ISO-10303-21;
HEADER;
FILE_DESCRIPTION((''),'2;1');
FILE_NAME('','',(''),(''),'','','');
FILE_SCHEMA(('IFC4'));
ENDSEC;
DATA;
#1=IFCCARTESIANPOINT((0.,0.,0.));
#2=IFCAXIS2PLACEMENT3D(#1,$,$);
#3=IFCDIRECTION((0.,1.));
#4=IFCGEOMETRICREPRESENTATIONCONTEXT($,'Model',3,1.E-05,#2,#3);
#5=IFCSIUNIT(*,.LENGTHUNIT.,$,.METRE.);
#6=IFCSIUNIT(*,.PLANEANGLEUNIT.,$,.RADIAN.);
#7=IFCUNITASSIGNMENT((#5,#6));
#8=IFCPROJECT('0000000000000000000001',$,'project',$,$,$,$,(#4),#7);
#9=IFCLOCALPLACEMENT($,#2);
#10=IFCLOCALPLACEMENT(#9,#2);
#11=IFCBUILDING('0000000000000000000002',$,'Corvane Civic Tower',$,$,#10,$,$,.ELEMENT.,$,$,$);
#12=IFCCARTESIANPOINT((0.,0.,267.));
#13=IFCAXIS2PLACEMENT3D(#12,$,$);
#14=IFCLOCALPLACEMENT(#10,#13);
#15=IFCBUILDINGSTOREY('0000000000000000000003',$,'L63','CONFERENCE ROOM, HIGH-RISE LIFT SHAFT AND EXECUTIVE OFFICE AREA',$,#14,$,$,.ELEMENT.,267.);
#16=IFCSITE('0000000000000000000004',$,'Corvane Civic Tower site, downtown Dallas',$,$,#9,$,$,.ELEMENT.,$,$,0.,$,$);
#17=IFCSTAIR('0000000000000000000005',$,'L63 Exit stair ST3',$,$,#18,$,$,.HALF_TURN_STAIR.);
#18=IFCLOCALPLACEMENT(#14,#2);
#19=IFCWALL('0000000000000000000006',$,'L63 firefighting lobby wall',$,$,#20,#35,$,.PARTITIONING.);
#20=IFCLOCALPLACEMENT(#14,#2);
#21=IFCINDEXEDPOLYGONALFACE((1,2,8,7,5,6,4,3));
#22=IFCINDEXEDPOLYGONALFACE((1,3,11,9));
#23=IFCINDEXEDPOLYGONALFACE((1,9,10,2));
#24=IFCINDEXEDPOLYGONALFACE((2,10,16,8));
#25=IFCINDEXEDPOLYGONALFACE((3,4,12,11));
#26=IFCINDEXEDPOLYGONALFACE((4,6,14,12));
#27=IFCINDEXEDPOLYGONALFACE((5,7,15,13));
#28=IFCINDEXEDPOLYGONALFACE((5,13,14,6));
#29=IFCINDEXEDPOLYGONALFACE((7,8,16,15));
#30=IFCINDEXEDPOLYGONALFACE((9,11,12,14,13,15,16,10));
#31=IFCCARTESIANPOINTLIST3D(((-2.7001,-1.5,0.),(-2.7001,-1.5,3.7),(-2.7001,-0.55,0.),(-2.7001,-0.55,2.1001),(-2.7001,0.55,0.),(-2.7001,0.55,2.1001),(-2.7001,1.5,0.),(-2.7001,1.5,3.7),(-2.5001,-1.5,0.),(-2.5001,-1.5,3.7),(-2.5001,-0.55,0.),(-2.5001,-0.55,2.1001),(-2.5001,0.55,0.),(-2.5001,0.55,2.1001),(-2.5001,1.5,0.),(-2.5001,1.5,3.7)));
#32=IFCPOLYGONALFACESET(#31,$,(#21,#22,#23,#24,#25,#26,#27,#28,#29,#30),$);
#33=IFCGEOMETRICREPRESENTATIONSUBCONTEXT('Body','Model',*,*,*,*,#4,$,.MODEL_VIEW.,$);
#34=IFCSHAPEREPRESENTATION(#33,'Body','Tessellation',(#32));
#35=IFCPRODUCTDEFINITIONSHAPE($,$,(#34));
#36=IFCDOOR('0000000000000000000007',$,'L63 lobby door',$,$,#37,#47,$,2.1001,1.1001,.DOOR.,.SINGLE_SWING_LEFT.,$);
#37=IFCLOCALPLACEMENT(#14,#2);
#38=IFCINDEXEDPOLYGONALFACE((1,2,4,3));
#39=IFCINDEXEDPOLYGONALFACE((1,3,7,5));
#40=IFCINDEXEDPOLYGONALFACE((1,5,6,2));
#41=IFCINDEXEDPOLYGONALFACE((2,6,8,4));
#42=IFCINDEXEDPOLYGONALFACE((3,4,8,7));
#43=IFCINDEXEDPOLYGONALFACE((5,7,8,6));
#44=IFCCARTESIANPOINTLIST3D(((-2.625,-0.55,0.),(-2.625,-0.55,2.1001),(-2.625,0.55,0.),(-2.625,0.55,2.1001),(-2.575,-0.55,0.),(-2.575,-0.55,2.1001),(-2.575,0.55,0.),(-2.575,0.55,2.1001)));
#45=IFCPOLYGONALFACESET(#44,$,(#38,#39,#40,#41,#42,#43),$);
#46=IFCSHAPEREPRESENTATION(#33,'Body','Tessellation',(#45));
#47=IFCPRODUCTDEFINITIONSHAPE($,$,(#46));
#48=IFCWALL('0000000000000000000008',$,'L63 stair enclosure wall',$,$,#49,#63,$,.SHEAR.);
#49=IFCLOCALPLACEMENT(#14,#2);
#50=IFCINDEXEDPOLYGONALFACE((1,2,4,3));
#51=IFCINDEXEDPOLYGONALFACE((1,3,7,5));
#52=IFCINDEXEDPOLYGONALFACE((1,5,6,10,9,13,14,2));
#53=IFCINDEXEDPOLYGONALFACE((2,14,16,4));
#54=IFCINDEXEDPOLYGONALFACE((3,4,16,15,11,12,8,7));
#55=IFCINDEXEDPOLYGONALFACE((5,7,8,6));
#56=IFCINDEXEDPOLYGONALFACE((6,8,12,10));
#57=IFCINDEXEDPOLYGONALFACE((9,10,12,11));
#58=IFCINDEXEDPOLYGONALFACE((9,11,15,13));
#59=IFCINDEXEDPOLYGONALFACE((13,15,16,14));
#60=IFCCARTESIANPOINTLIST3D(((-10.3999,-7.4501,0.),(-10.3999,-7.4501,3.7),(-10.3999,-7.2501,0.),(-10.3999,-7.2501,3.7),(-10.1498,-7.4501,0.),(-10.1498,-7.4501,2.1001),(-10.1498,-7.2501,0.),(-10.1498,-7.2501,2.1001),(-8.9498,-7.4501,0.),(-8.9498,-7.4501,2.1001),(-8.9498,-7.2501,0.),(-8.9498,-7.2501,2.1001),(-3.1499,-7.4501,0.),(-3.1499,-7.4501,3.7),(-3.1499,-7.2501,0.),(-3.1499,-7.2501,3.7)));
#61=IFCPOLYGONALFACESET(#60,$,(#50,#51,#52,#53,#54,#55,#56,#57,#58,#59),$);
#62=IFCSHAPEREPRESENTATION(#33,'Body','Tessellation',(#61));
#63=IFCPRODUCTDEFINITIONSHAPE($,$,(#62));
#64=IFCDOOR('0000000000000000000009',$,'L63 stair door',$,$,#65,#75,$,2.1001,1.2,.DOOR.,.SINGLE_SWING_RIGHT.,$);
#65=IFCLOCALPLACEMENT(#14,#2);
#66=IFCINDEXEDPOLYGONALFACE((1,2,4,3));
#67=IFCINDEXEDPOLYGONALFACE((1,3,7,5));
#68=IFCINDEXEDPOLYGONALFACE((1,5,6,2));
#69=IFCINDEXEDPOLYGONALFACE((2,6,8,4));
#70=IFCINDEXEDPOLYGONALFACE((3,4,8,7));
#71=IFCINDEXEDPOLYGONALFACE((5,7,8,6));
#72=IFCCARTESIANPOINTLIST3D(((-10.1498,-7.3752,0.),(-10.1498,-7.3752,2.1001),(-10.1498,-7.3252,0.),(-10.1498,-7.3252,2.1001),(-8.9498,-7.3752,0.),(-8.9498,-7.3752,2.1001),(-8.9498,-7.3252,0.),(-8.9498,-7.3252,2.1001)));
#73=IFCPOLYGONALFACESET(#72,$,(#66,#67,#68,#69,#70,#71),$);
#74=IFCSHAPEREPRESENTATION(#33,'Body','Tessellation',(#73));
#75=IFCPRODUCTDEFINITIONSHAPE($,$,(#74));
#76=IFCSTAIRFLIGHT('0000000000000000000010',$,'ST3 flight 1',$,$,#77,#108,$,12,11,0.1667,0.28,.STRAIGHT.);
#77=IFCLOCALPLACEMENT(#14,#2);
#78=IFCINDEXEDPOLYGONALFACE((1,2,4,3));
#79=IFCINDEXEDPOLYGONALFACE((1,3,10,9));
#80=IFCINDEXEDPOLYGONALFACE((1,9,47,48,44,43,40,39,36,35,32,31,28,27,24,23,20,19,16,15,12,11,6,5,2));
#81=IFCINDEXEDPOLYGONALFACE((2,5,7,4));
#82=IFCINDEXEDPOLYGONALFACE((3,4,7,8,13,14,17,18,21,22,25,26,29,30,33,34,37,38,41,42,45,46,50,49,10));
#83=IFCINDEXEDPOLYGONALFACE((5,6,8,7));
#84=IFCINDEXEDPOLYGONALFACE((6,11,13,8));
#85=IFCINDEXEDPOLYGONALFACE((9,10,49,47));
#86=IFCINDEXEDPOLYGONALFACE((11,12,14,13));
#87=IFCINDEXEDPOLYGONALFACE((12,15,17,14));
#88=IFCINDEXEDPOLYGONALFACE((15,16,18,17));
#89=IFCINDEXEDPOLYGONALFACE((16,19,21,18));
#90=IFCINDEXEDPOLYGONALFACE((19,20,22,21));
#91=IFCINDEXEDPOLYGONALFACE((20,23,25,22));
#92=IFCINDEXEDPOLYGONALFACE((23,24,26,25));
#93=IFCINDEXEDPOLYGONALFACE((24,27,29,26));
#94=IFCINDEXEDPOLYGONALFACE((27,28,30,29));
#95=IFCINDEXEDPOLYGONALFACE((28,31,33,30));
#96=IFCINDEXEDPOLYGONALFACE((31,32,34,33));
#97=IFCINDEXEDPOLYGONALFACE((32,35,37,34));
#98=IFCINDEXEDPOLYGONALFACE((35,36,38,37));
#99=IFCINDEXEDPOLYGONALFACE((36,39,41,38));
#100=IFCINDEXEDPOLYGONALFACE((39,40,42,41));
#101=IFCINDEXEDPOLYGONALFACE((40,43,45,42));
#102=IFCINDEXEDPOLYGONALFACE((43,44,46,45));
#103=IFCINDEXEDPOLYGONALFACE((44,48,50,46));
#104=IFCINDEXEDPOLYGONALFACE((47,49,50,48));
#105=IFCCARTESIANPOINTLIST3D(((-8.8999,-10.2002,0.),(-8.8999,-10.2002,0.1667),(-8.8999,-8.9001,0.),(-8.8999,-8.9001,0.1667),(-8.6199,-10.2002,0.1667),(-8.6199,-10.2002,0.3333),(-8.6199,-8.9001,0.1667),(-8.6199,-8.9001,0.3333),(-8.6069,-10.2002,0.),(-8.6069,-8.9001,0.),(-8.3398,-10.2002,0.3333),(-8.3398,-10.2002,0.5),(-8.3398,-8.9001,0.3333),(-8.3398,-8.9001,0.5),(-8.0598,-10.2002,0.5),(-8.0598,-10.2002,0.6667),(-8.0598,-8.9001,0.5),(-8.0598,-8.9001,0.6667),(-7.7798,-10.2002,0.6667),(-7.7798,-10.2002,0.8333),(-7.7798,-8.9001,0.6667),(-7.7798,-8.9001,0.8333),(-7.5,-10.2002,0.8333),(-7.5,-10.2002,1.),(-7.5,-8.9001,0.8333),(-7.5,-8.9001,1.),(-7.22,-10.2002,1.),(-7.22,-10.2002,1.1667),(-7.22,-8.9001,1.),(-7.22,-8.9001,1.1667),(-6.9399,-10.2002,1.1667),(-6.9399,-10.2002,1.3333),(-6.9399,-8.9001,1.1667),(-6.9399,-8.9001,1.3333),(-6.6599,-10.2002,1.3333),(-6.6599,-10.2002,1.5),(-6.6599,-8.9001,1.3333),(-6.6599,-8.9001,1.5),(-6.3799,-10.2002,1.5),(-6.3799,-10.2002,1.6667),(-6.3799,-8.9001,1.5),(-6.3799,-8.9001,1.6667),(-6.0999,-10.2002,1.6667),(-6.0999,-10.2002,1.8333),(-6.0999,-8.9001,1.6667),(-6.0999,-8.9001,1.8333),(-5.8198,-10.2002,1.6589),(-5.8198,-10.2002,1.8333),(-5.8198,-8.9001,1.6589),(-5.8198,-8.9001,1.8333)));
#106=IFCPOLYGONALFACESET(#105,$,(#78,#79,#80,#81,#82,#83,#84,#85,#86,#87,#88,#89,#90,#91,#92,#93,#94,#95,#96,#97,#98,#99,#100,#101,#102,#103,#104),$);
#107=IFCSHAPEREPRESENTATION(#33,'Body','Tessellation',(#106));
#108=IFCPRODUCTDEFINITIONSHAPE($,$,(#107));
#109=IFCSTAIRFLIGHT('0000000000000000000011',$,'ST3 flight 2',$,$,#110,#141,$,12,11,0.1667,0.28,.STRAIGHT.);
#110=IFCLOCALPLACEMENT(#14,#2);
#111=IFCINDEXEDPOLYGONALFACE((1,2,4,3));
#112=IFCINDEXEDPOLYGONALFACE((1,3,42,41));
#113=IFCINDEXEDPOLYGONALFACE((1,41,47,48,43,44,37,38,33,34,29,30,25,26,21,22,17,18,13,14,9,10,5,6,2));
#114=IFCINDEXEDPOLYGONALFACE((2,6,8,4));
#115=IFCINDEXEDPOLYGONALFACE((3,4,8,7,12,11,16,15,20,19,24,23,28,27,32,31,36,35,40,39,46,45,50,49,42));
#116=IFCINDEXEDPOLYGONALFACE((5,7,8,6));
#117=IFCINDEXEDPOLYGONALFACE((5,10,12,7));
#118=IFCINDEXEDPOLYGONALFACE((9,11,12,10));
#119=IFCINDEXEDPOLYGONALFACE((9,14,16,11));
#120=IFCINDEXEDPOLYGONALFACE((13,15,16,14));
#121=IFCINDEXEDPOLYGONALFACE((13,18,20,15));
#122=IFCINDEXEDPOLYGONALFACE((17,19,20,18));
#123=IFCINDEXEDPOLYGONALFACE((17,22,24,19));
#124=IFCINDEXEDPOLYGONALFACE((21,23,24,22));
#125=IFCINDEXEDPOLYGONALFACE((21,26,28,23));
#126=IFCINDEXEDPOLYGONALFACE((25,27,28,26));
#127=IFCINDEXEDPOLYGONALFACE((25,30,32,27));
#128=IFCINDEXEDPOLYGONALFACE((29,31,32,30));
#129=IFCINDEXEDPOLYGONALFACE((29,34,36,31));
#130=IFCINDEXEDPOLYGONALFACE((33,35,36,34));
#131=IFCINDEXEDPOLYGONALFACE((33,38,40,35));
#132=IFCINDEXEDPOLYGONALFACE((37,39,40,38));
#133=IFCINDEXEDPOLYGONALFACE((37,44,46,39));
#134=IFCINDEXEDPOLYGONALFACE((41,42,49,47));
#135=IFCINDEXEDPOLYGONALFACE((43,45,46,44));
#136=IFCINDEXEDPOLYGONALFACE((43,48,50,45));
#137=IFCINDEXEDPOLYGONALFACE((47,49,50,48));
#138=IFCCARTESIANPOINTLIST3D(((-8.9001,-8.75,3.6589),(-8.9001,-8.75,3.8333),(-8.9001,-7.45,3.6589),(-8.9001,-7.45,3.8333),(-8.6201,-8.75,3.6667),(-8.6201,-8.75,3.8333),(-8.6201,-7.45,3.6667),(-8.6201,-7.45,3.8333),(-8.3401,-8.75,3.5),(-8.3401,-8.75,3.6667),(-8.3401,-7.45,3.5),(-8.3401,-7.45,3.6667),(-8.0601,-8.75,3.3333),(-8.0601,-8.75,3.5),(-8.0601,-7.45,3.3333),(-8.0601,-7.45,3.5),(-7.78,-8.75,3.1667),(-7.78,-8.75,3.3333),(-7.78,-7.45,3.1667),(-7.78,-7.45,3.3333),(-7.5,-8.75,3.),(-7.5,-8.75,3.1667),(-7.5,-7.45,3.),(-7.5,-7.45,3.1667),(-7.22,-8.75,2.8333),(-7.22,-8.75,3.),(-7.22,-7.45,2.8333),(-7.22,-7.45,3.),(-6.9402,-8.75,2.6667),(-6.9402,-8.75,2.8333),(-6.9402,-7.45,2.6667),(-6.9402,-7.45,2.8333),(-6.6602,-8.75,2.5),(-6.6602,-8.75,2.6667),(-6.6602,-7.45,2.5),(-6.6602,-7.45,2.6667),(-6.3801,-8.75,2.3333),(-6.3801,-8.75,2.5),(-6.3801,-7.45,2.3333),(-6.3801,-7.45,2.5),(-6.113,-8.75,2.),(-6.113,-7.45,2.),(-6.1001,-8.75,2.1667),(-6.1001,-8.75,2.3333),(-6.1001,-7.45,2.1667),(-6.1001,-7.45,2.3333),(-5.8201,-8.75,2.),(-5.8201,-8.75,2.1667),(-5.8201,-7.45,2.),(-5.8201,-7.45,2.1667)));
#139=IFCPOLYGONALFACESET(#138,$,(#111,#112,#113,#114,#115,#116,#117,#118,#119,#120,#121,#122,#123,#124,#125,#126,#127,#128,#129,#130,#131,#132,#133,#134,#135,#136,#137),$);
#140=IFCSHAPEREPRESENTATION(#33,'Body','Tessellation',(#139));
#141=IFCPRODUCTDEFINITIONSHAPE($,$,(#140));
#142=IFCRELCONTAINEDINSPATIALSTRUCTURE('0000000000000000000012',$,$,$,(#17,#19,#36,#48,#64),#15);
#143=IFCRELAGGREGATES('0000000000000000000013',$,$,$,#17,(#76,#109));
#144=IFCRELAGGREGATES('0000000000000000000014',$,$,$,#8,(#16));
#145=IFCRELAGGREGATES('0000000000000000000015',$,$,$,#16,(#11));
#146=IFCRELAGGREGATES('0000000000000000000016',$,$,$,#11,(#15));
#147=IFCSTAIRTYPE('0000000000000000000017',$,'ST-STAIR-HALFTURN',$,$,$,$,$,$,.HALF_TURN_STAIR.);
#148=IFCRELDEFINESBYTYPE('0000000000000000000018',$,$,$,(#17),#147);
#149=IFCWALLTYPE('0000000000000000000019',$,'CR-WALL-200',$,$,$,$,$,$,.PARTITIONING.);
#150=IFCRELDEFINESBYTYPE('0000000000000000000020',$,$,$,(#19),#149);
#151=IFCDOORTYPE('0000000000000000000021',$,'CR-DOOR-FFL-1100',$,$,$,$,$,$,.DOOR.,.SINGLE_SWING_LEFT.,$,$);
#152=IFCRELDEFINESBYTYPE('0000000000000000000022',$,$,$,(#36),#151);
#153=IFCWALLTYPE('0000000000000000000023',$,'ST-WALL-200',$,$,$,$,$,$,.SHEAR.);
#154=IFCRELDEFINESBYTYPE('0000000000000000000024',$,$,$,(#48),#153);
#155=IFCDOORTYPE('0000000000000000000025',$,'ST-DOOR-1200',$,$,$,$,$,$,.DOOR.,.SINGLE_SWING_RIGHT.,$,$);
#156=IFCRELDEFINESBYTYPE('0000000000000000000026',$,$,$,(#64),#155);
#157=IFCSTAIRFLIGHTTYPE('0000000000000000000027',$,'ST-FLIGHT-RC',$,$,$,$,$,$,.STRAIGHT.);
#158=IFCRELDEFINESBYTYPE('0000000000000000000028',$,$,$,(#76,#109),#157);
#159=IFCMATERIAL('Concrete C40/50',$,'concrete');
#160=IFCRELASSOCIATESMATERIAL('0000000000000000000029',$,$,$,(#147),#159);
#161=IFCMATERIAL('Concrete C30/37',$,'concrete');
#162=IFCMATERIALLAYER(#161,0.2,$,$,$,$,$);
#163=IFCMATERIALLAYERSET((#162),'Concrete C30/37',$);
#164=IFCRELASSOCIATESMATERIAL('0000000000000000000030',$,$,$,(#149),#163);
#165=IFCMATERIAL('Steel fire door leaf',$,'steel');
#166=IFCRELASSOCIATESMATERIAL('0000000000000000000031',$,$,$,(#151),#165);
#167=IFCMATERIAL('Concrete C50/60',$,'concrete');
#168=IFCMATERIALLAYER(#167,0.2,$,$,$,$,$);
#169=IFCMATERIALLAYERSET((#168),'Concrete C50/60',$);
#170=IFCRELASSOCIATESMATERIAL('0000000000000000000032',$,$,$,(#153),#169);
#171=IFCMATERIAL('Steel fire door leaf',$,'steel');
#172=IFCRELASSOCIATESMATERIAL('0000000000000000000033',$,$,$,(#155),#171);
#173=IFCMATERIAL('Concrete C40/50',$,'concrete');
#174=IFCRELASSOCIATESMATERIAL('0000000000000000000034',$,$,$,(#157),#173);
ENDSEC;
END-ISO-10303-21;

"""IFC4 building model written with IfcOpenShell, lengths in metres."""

from ifc_helpers import new_model, si_unit, direction, frame, frame_2d, origin, place, context, subcontext, project, spatial, polyline, rectangle, outline, extrude, material, layer, layer_set, type_object, element, fill, aggregate, save


model = new_model("IFC4")

# Units and contexts
model_context = context("Model", 3, precision=1e-05, world=origin(), true_north=direction((0.0, 1.0)))
body_context = subcontext(model_context, "Body", "Model", "MODEL_VIEW")
ifc_project = project(units=[si_unit("LENGTHUNIT", "METRE"), si_unit("PLANEANGLEUNIT", "RADIAN")], contexts=[model_context])

# Site, building, storey
site_placement = place(None, origin())
site = spatial("IfcSite", under=ifc_project, at=site_placement, Name="Corvane Civic Tower site, downtown Dallas", CompositionType="ELEMENT", RefElevation=0.0)
building_placement = place(site_placement, origin())
building = spatial("IfcBuilding", under=site, at=building_placement, Name="Corvane Civic Tower", CompositionType="ELEMENT")
storey_placement = place(building_placement, frame((0.0, 0.0, 267.0)))
storey = spatial("IfcBuildingStorey", under=building, at=storey_placement, Name="L63", Description="CONFERENCE ROOM, HIGH-RISE LIFT SHAFT AND EXECUTIVE OFFICE AREA", CompositionType="ELEMENT", Elevation=267.0)

# Stair
ifc_material_1 = material(Name="Concrete C40/50", Category="concrete")
stair_type = type_object("IfcStairType", Name="ST-STAIR-HALFTURN", PredefinedType="HALF_TURN_STAIR", material=ifc_material_1)
stair_1_placement = place(storey_placement, origin())
stair_1 = element("IfcStair", 1, at=stair_1_placement, inside=storey, type_object=stair_type, Name="L63 Exit stair ST3", PredefinedType="HALF_TURN_STAIR")

# Shared definitions
ifc_material_2 = material(Name="Concrete C30/37", Category="concrete")
ifc_layer_1 = layer(ifc_material_2, 0.2)
ifc_layer_set_1 = layer_set([ifc_layer_1], Name="Concrete C30/37")
wall_type_1 = type_object("IfcWallType", Name="CR-WALL-200", PredefinedType="PARTITIONING", material=ifc_layer_set_1)

# Walls, openings, doors
ifc_material_3 = material(Name="Steel fire door leaf", Category="steel")
door_type_1 = type_object("IfcDoorType", Name="CR-DOOR-FFL-1100", OperationType="SINGLE_SWING_LEFT", PredefinedType="DOOR", material=ifc_material_3)
wall_1_placement = place(storey_placement, frame((-2.6001, -1.5, 0.0), z_axis=(0.0, 0.0, 1.0), x_axis=(0.0, 1.0, 0.0)))
wall_1 = element("IfcWall", 2, at=wall_1_placement, inside=storey, type_object=wall_type_1, Name="L63 firefighting lobby wall", PredefinedType="PARTITIONING", context=body_context, shape_type="SweptSolid", body=[
    extrude(rectangle(XDim=3.0, YDim=0.2, at=frame_2d((1.5, 0.0))), origin(), (0.0, 0.0, 1.0), 3.7),
])
opening_1_placement = place(wall_1_placement, frame((0.95, 0.0, 0.0)))
opening_1 = element("IfcOpeningElement", 3, at=opening_1_placement, cuts=wall_1, PredefinedType="OPENING", context=body_context, shape_type="SweptSolid", body=[
    extrude(rectangle(XDim=1.1001, YDim=2.1001, at=frame_2d((0.55, 1.05))), frame((0.0, 0.1099, 0.0), z_axis=(0.0, -1.0, 0.0), x_axis=(1.0, 0.0, 0.0)), (0.0, 0.0, 1.0), 0.22),
])
door_1_placement = place(opening_1_placement, origin())
door_1 = element("IfcDoor", 4, at=door_1_placement, inside=storey, type_object=door_type_1, Name="L63 lobby door", OperationType="SINGLE_SWING_LEFT", OverallHeight=2.1001, OverallWidth=1.1001, PredefinedType="DOOR", context=body_context, shape_type="SweptSolid", body=[
    extrude(rectangle(XDim=1.1001, YDim=2.1001, at=frame_2d((0.55, 1.05))), frame((0.0, 0.0249, 0.0), z_axis=(0.0, -1.0, 0.0), x_axis=(1.0, 0.0, 0.0)), (0.0, 0.0, 1.0), 0.05),
])
fill(opening_1, door_1)
ifc_material_4 = material(Name="Concrete C50/60", Category="concrete")
ifc_layer_2 = layer(ifc_material_4, 0.2)
ifc_layer_set_2 = layer_set([ifc_layer_2], Name="Concrete C50/60")
wall_type_2 = type_object("IfcWallType", Name="ST-WALL-200", PredefinedType="SHEAR", material=ifc_layer_set_2)
wall_2_placement = place(storey_placement, frame((-10.3999, -7.3501, 0.0), z_axis=(0.0, 0.0, 1.0), x_axis=(1.0, 0.0, 0.0)))
wall_2 = element("IfcWall", 5, at=wall_2_placement, inside=storey, type_object=wall_type_2, Name="L63 stair enclosure wall", PredefinedType="SHEAR", context=body_context, shape_type="SweptSolid", body=[
    extrude(rectangle(XDim=7.25, YDim=0.2, at=frame_2d((3.625, 0.0))), origin(), (0.0, 0.0, 1.0), 3.7),
])
opening_2_placement = place(wall_2_placement, frame((0.25, 0.0, 0.0)))
opening_2 = element("IfcOpeningElement", 6, at=opening_2_placement, cuts=wall_2, PredefinedType="OPENING", context=body_context, shape_type="SweptSolid", body=[
    extrude(rectangle(XDim=1.2, YDim=2.1001, at=frame_2d((0.6001, 1.05))), frame((0.0, 0.1099, 0.0), z_axis=(0.0, -1.0, 0.0), x_axis=(1.0, 0.0, 0.0)), (0.0, 0.0, 1.0), 0.22),
])
ifc_material_5 = material(Name="Steel fire door leaf", Category="steel")
door_type_2 = type_object("IfcDoorType", Name="ST-DOOR-1200", OperationType="SINGLE_SWING_RIGHT", PredefinedType="DOOR", material=ifc_material_5)
door_2_placement = place(opening_2_placement, origin())
door_2 = element("IfcDoor", 7, at=door_2_placement, inside=storey, type_object=door_type_2, Name="L63 stair door", OperationType="SINGLE_SWING_RIGHT", OverallHeight=2.1001, OverallWidth=1.2, PredefinedType="DOOR", context=body_context, shape_type="SweptSolid", body=[
    extrude(rectangle(XDim=1.2, YDim=2.1001, at=frame_2d((0.6001, 1.05))), frame((0.0, 0.0249, 0.0), z_axis=(0.0, -1.0, 0.0), x_axis=(1.0, 0.0, 0.0)), (0.0, 0.0, 1.0), 0.05),
])
fill(opening_2, door_2)

# Stair flights
ifc_material_6 = material(Name="Concrete C40/50", Category="concrete")
stair_flight_type = type_object("IfcStairFlightType", Name="ST-FLIGHT-RC", PredefinedType="STRAIGHT", material=ifc_material_6)
stair_flight_1_placement = place(storey_placement, frame((-8.8999, -9.55, 0.0), z_axis=(0.0, 0.0, 1.0), x_axis=(1.0, 0.0, 0.0)))
stair_flight_1 = element("IfcStairFlight", 8, at=stair_flight_1_placement, type_object=stair_flight_type, Name="ST3 flight 1", NumberOfRisers=12, NumberOfTreads=11, PredefinedType="STRAIGHT", RiserHeight=0.1667, TreadLength=0.28, context=body_context, shape_type="SweptSolid", body=[
    extrude(outline(polyline([(0.0, 0.0), (0.0, 0.1667), (0.28, 0.1667), (0.28, 0.3333), (0.5601, 0.3333), (0.5601, 0.5), (0.8401, 0.5), (0.8401, 0.6667), (1.1201, 0.6667), (1.1201, 0.8333), (1.3999, 0.8333), (1.3999, 1.0), (1.6799, 1.0), (1.6799, 1.1667), (1.96, 1.1667), (1.96, 1.3333), (2.24, 1.3333), (2.24, 1.5), (2.52, 1.5), (2.52, 1.6667), (2.8, 1.6667), (2.8, 1.8333), (3.0801, 1.8333), (3.0801, 2.0), (3.0801, 1.6589), (0.293, 0.0), (0.0, 0.0)])), frame((0.0, 0.6499, 0.0), z_axis=(0.0, -1.0, 0.0), x_axis=(1.0, 0.0, 0.0)), (0.0, 0.0, 1.0), 1.3),
])
stair_flight_2_placement = place(storey_placement, frame((-5.8201, -8.1001, 2.0), z_axis=(0.0, 0.0, 1.0), x_axis=(-1.0, 0.0, 0.0)))
stair_flight_2 = element("IfcStairFlight", 9, at=stair_flight_2_placement, type_object=stair_flight_type, Name="ST3 flight 2", NumberOfRisers=12, NumberOfTreads=11, PredefinedType="STRAIGHT", RiserHeight=0.1667, TreadLength=0.28, context=body_context, shape_type="SweptSolid", body=[
    extrude(outline(polyline([(0.0, 0.0), (0.0, 0.1667), (0.28, 0.1667), (0.28, 0.3333), (0.5601, 0.3333), (0.5601, 0.5), (0.8401, 0.5), (0.8401, 0.6667), (1.1201, 0.6667), (1.1201, 0.8333), (1.3999, 0.8333), (1.3999, 1.0), (1.6799, 1.0), (1.6799, 1.1667), (1.96, 1.1667), (1.96, 1.3333), (2.24, 1.3333), (2.24, 1.5), (2.52, 1.5), (2.52, 1.6667), (2.8, 1.6667), (2.8, 1.8333), (3.0801, 1.8333), (3.0801, 2.0), (3.0801, 1.6589), (0.293, 0.0), (0.0, 0.0)])), frame((0.0, 0.6499, 0.0), z_axis=(0.0, -1.0, 0.0), x_axis=(1.0, 0.0, 0.0)), (0.0, 0.0, 1.0), 1.3),
])
aggregate(stair_1, [stair_flight_1, stair_flight_2])

save(model, "model.ifc")
